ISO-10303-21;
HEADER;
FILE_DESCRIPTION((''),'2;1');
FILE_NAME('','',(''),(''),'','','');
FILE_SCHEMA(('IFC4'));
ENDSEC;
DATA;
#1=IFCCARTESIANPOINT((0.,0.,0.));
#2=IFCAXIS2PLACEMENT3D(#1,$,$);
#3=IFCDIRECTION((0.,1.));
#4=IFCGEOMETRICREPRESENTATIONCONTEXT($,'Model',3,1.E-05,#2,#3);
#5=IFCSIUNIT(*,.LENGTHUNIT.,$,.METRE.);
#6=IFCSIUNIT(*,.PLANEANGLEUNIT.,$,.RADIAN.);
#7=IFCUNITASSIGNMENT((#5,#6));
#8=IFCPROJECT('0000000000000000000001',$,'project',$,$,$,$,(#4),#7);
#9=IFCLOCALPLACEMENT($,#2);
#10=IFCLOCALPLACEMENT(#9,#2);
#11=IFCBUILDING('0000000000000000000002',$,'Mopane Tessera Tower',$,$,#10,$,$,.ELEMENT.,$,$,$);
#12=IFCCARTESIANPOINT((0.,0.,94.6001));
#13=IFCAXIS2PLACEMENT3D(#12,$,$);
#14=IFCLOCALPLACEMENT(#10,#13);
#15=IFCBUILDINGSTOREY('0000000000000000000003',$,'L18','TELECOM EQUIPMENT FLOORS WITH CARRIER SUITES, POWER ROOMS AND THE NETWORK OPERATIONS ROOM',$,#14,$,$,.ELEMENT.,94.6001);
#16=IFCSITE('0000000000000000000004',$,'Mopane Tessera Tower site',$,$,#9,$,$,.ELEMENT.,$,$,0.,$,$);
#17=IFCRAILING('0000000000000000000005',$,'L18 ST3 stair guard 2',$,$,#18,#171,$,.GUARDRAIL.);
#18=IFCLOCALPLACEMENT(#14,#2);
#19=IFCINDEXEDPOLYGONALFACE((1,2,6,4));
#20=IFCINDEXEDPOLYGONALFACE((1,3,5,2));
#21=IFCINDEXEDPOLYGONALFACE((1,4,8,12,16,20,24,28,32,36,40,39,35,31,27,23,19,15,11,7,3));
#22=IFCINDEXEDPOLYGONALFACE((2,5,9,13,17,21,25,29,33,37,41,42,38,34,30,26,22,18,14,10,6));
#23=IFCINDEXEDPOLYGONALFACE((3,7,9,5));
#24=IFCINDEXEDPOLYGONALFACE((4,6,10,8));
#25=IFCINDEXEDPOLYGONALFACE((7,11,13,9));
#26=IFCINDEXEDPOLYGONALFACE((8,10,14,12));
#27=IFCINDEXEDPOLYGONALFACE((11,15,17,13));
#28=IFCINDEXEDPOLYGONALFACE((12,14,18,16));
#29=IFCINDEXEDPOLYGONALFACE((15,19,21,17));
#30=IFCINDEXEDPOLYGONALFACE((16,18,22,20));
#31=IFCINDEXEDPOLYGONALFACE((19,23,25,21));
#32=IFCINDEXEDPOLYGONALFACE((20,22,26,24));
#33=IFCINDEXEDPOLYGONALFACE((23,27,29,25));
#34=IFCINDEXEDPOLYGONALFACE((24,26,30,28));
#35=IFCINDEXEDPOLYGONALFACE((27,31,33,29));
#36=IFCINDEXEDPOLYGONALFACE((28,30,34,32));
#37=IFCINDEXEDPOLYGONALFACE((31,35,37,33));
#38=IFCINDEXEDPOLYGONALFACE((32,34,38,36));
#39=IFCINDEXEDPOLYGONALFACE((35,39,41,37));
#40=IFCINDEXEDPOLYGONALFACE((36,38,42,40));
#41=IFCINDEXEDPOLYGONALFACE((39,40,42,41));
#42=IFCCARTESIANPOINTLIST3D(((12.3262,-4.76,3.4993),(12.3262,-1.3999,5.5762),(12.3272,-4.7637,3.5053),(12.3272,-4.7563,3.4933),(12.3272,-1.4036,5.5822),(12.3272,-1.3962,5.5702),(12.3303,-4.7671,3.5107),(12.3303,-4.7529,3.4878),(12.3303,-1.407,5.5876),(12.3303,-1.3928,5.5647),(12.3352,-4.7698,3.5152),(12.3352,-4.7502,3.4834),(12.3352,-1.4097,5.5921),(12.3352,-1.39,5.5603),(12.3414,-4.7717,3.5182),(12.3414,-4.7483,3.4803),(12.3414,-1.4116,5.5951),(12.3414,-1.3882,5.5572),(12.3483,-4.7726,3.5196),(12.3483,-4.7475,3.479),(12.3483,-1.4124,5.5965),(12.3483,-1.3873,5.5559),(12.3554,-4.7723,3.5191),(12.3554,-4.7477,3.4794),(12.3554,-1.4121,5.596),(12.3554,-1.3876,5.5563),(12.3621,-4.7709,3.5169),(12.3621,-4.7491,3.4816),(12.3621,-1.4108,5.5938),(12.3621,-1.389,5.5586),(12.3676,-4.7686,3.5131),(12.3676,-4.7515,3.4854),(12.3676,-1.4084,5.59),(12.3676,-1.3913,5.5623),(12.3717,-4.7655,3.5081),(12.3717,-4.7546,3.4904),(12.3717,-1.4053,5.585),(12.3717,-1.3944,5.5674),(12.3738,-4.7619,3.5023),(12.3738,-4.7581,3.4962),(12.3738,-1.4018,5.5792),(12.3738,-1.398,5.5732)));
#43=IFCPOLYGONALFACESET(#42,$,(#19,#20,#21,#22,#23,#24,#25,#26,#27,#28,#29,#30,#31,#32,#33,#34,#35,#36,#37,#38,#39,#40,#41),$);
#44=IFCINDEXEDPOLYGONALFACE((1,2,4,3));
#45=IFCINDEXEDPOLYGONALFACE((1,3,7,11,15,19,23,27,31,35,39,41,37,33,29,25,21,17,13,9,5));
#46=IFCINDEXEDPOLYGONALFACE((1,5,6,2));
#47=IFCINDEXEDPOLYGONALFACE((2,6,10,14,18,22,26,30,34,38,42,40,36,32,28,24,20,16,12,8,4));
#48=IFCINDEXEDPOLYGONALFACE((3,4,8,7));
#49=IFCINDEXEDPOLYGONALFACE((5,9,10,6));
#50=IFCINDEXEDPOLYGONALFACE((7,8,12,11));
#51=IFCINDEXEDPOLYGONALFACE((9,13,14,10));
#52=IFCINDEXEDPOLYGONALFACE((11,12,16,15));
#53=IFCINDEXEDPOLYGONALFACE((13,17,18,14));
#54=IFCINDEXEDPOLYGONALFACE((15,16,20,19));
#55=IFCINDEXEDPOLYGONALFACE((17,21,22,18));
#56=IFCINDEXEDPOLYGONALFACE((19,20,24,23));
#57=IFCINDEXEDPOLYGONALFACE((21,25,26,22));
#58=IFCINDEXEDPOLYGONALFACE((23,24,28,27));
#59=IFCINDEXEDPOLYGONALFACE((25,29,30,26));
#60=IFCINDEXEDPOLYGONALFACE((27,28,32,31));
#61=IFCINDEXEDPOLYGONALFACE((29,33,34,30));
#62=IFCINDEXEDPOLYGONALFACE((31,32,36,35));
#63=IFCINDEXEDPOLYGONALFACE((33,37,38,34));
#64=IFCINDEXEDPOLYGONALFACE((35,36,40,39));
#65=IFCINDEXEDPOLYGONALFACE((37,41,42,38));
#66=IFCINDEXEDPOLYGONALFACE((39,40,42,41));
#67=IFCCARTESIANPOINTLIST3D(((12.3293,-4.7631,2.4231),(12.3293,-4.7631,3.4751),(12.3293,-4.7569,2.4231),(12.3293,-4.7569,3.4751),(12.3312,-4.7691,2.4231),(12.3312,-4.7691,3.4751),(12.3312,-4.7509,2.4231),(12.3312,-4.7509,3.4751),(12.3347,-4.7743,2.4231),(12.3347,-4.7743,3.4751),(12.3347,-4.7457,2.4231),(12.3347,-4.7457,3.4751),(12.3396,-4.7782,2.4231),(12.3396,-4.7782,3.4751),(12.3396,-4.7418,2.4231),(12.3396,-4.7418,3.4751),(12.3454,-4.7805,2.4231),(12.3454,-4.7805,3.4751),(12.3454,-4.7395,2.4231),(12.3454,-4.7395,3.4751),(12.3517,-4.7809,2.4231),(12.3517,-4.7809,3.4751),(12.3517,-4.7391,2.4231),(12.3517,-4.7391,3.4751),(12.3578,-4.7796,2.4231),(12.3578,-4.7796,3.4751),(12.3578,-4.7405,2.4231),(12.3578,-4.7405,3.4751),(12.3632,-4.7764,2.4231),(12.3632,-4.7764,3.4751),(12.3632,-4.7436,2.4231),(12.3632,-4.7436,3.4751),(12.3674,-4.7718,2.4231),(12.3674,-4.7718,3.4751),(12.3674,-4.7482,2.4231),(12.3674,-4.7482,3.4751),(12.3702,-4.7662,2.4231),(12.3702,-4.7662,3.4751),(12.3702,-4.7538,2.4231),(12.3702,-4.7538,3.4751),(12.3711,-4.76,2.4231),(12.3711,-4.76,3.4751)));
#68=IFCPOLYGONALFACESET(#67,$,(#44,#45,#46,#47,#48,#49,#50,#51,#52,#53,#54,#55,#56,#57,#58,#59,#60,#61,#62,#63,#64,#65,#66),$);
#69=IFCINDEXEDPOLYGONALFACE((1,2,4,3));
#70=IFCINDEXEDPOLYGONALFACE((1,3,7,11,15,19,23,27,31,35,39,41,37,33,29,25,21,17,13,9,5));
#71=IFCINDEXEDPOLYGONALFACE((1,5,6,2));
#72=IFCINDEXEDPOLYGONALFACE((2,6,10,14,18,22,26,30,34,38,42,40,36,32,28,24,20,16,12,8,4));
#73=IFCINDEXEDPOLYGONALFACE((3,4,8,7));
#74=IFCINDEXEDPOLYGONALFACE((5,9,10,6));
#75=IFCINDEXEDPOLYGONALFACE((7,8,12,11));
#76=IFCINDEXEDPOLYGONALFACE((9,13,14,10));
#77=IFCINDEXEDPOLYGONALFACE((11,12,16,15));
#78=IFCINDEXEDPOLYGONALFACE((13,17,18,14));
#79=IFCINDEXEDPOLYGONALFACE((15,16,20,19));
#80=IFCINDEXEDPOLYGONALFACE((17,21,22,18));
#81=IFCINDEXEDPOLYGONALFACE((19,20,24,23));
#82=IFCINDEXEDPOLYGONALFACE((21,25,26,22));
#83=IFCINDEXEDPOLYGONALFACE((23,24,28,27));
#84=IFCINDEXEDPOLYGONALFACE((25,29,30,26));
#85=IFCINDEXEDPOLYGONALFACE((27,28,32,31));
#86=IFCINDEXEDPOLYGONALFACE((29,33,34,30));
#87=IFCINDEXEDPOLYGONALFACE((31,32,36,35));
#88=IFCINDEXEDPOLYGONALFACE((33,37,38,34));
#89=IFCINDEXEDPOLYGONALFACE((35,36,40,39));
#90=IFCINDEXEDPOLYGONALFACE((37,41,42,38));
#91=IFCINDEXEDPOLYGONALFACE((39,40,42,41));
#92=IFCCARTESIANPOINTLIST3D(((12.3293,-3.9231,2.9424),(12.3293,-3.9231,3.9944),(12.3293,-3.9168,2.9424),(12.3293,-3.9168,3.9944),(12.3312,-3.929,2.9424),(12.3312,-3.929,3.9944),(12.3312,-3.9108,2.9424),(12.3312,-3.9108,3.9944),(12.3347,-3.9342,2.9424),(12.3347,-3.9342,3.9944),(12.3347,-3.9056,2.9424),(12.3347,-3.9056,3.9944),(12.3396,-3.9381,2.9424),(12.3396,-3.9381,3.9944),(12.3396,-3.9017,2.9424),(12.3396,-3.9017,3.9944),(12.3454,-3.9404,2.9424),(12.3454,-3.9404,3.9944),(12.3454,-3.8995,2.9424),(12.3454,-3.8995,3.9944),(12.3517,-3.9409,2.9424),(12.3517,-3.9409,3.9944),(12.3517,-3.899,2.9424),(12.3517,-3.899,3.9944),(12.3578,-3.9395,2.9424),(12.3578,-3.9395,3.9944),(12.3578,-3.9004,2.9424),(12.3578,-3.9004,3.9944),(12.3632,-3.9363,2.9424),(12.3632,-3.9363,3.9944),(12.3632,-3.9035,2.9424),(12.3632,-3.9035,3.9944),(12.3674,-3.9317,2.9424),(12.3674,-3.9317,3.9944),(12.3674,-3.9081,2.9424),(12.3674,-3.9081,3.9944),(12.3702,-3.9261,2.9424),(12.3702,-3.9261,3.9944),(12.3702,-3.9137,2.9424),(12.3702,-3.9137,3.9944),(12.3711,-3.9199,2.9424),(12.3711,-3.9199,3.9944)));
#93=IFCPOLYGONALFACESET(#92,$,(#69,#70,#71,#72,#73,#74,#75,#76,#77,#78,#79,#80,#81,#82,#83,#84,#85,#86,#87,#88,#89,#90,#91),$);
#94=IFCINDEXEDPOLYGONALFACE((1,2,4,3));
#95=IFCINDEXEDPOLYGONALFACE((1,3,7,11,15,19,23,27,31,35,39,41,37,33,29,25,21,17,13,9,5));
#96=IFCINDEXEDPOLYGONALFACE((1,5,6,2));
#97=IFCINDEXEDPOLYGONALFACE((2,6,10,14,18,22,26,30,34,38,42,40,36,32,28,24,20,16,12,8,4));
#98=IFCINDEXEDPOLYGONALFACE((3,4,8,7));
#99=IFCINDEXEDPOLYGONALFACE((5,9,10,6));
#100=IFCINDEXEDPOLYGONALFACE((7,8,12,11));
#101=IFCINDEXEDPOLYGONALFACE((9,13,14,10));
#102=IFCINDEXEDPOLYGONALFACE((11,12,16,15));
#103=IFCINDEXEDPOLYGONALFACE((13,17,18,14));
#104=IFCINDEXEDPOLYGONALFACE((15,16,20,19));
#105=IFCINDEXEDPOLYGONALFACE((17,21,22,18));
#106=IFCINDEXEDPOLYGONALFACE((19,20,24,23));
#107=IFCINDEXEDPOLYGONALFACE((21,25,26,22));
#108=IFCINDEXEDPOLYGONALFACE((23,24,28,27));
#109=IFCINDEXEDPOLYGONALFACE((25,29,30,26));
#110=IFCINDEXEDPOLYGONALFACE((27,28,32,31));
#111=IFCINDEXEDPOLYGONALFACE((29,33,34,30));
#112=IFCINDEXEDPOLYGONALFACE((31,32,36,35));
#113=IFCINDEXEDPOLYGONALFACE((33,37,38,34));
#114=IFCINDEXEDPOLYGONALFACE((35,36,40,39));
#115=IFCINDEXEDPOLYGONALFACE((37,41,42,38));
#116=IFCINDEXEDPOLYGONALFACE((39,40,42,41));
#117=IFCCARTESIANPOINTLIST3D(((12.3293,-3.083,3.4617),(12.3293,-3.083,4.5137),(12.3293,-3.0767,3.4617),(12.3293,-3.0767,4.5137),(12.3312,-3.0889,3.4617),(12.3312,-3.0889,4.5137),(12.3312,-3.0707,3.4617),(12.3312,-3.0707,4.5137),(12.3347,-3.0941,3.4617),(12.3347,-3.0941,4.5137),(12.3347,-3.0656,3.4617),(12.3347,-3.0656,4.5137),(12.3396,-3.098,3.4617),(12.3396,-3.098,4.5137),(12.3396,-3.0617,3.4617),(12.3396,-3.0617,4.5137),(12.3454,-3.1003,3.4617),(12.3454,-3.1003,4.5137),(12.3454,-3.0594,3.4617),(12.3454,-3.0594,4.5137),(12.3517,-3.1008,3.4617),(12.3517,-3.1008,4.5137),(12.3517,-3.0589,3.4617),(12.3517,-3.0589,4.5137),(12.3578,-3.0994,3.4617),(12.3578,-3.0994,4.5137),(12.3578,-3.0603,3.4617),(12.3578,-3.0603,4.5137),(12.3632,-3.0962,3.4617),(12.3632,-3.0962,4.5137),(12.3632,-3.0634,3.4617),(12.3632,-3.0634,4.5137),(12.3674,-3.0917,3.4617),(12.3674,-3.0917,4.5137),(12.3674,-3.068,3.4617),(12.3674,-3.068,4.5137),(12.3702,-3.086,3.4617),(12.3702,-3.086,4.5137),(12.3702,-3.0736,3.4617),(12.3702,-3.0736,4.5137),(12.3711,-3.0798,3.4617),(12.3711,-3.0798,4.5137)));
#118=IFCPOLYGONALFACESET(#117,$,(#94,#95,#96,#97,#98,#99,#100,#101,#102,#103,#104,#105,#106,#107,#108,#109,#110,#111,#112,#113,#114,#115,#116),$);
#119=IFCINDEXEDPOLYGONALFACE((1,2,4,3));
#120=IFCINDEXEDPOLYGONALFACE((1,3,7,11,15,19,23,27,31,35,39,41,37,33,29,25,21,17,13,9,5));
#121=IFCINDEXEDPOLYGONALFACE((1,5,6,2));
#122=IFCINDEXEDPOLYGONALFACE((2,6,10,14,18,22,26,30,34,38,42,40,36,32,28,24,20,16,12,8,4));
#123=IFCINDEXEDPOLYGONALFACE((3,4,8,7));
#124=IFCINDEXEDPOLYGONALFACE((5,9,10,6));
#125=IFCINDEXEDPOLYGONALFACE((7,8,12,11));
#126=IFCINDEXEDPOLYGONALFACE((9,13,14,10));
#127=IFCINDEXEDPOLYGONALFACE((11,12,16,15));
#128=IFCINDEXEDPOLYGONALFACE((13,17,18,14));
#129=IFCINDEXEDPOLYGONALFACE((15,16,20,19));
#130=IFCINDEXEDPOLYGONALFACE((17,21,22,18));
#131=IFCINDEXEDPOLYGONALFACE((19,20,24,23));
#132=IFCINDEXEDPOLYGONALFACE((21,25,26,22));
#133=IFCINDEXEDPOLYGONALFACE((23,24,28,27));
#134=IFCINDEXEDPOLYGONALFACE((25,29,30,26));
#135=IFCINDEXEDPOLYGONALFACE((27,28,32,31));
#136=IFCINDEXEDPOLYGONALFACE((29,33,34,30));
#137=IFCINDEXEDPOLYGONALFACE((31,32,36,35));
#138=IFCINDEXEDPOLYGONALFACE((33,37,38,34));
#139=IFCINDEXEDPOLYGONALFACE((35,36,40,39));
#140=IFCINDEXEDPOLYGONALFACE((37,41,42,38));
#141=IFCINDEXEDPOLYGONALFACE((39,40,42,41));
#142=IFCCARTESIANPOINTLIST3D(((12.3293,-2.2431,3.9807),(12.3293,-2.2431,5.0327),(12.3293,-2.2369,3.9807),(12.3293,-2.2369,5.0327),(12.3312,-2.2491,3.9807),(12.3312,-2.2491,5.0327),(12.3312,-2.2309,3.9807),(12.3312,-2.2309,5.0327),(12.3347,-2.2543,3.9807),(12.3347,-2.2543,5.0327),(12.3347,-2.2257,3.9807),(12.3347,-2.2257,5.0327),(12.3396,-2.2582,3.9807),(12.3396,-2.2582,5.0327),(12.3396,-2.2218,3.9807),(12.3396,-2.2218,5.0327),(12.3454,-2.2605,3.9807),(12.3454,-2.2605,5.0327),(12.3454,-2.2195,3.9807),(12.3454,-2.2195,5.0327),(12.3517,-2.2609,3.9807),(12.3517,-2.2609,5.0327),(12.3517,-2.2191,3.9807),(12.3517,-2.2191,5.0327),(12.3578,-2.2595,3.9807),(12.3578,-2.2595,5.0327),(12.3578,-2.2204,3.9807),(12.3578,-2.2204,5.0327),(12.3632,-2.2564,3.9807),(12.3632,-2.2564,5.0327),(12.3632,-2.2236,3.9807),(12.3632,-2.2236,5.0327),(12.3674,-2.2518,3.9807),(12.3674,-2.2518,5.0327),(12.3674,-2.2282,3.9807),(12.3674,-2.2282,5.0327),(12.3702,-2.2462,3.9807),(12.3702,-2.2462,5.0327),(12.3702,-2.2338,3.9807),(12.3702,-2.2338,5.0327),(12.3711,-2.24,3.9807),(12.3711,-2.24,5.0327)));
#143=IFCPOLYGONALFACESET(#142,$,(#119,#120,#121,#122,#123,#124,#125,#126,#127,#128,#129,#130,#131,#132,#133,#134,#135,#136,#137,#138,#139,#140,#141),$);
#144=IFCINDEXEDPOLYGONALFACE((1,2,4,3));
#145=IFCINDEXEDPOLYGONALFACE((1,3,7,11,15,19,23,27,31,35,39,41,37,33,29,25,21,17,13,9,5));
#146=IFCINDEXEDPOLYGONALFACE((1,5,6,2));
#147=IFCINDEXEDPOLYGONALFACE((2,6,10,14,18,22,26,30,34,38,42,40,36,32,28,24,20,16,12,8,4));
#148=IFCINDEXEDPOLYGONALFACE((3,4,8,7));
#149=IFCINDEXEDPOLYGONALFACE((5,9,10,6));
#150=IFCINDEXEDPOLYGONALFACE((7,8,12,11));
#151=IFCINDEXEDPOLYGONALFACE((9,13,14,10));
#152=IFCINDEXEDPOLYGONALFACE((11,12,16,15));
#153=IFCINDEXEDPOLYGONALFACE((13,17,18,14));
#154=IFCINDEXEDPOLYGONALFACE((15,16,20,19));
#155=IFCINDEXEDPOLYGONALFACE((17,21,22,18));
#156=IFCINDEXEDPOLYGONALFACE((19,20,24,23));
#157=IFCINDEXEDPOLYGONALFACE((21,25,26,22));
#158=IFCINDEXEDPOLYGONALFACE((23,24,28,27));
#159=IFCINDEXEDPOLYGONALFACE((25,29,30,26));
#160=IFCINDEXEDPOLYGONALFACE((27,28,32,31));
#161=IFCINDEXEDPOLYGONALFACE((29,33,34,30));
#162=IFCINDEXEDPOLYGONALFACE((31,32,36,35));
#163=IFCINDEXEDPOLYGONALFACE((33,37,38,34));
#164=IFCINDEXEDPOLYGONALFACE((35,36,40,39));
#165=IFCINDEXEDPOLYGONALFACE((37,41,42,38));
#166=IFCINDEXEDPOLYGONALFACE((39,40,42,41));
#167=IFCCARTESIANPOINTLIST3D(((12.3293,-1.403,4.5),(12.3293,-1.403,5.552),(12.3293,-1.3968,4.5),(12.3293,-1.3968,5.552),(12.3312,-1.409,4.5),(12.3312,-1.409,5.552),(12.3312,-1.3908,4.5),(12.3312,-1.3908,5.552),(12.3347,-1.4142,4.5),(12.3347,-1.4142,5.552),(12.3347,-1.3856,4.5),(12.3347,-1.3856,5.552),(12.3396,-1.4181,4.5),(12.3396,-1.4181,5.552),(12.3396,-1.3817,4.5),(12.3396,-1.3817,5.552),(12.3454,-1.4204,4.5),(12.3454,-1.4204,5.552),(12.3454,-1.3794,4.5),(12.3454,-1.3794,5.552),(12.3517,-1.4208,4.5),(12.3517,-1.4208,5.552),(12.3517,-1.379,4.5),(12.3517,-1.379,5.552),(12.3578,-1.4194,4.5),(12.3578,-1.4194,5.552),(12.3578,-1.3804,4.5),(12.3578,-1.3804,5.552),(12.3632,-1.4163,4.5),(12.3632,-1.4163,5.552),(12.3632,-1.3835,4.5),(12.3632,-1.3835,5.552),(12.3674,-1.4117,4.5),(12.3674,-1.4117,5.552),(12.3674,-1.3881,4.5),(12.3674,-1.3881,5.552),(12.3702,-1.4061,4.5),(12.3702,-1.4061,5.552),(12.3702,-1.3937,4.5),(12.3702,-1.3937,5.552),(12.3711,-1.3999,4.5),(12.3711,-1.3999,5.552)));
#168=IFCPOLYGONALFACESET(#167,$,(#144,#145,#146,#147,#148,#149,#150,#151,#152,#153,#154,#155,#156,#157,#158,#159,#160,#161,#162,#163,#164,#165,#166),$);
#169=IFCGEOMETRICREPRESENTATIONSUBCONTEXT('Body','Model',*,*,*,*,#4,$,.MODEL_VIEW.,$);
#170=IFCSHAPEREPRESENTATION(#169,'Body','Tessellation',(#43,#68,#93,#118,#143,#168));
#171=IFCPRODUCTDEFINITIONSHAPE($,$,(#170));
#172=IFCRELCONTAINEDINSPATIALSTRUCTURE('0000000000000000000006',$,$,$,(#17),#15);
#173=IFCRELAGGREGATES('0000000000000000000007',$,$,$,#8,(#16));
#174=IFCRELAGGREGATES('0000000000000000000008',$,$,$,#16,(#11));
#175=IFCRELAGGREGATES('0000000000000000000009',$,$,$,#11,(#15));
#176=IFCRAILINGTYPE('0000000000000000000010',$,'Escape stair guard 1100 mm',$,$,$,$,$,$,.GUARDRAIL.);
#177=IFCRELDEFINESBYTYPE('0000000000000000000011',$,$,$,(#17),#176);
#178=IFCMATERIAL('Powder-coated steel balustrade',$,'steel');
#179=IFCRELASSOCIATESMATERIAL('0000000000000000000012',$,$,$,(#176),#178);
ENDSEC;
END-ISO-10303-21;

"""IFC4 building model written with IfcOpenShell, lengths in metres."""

from ifc_helpers import new_model, si_unit, direction, frame, origin, origin_2d, place, context, subcontext, project, spatial, circle, extrude, material, type_object, element, save


model = new_model("IFC4")

# Units and contexts
model_context = context("Model", 3, precision=1e-05, world=origin(), true_north=direction((0.0, 1.0)))
body_context = subcontext(model_context, "Body", "Model", "MODEL_VIEW")
ifc_project = project(units=[si_unit("LENGTHUNIT", "METRE"), si_unit("PLANEANGLEUNIT", "RADIAN")], contexts=[model_context])

# Site, building, storey
site_placement = place(None, origin())
site = spatial("IfcSite", under=ifc_project, at=site_placement, Name="Mopane Tessera Tower site", CompositionType="ELEMENT", RefElevation=0.0)
building_placement = place(site_placement, origin())
building = spatial("IfcBuilding", under=site, at=building_placement, Name="Mopane Tessera Tower", CompositionType="ELEMENT")
storey_placement = place(building_placement, frame((0.0, 0.0, 94.6001)))
storey = spatial("IfcBuildingStorey", under=building, at=storey_placement, Name="L18", Description="TELECOM EQUIPMENT FLOORS WITH CARRIER SUITES, POWER ROOMS AND THE NETWORK OPERATIONS ROOM", CompositionType="ELEMENT", Elevation=94.6001)

# Railing
ifc_material_1 = material(Name="Powder-coated steel balustrade", Category="steel")
railing_type = type_object("IfcRailingType", Name="Escape stair guard 1100 mm", PredefinedType="GUARDRAIL", material=ifc_material_1)
railing_placement = place(storey_placement, frame((12.3501, -4.76, 2.4231)))
element("IfcRailing", 1, at=railing_placement, inside=storey, type_object=railing_type, Name="L18 ST3 stair guard 2", PredefinedType="GUARDRAIL", context=body_context, shape_type="SweptSolid", body=[
    extrude(circle(Radius=0.0239, at=origin_2d()), frame((0.0, 0.0, 1.0762), z_axis=(0.0, 0.850623, 0.525776), x_axis=(-1.0, 0.0, 0.0)), (0.0, 0.0, 1.0), 3.9502),
    extrude(circle(Radius=0.021, at=origin_2d()), origin(), (0.0, 0.0, 1.0), 1.052),
    extrude(circle(Radius=0.021, at=origin_2d()), frame((0.0, 0.8401, 0.5193)), (0.0, 0.0, 1.0), 1.052),
    extrude(circle(Radius=0.021, at=origin_2d()), frame((0.0, 1.6802, 1.0386)), (0.0, 0.0, 1.0), 1.052),
    extrude(circle(Radius=0.021, at=origin_2d()), frame((0.0, 2.52, 1.5576)), (0.0, 0.0, 1.0), 1.052),
    extrude(circle(Radius=0.021, at=origin_2d()), frame((0.0, 3.3601, 2.0769)), (0.0, 0.0, 1.0), 1.052),
])

save(model, "model.ifc")
